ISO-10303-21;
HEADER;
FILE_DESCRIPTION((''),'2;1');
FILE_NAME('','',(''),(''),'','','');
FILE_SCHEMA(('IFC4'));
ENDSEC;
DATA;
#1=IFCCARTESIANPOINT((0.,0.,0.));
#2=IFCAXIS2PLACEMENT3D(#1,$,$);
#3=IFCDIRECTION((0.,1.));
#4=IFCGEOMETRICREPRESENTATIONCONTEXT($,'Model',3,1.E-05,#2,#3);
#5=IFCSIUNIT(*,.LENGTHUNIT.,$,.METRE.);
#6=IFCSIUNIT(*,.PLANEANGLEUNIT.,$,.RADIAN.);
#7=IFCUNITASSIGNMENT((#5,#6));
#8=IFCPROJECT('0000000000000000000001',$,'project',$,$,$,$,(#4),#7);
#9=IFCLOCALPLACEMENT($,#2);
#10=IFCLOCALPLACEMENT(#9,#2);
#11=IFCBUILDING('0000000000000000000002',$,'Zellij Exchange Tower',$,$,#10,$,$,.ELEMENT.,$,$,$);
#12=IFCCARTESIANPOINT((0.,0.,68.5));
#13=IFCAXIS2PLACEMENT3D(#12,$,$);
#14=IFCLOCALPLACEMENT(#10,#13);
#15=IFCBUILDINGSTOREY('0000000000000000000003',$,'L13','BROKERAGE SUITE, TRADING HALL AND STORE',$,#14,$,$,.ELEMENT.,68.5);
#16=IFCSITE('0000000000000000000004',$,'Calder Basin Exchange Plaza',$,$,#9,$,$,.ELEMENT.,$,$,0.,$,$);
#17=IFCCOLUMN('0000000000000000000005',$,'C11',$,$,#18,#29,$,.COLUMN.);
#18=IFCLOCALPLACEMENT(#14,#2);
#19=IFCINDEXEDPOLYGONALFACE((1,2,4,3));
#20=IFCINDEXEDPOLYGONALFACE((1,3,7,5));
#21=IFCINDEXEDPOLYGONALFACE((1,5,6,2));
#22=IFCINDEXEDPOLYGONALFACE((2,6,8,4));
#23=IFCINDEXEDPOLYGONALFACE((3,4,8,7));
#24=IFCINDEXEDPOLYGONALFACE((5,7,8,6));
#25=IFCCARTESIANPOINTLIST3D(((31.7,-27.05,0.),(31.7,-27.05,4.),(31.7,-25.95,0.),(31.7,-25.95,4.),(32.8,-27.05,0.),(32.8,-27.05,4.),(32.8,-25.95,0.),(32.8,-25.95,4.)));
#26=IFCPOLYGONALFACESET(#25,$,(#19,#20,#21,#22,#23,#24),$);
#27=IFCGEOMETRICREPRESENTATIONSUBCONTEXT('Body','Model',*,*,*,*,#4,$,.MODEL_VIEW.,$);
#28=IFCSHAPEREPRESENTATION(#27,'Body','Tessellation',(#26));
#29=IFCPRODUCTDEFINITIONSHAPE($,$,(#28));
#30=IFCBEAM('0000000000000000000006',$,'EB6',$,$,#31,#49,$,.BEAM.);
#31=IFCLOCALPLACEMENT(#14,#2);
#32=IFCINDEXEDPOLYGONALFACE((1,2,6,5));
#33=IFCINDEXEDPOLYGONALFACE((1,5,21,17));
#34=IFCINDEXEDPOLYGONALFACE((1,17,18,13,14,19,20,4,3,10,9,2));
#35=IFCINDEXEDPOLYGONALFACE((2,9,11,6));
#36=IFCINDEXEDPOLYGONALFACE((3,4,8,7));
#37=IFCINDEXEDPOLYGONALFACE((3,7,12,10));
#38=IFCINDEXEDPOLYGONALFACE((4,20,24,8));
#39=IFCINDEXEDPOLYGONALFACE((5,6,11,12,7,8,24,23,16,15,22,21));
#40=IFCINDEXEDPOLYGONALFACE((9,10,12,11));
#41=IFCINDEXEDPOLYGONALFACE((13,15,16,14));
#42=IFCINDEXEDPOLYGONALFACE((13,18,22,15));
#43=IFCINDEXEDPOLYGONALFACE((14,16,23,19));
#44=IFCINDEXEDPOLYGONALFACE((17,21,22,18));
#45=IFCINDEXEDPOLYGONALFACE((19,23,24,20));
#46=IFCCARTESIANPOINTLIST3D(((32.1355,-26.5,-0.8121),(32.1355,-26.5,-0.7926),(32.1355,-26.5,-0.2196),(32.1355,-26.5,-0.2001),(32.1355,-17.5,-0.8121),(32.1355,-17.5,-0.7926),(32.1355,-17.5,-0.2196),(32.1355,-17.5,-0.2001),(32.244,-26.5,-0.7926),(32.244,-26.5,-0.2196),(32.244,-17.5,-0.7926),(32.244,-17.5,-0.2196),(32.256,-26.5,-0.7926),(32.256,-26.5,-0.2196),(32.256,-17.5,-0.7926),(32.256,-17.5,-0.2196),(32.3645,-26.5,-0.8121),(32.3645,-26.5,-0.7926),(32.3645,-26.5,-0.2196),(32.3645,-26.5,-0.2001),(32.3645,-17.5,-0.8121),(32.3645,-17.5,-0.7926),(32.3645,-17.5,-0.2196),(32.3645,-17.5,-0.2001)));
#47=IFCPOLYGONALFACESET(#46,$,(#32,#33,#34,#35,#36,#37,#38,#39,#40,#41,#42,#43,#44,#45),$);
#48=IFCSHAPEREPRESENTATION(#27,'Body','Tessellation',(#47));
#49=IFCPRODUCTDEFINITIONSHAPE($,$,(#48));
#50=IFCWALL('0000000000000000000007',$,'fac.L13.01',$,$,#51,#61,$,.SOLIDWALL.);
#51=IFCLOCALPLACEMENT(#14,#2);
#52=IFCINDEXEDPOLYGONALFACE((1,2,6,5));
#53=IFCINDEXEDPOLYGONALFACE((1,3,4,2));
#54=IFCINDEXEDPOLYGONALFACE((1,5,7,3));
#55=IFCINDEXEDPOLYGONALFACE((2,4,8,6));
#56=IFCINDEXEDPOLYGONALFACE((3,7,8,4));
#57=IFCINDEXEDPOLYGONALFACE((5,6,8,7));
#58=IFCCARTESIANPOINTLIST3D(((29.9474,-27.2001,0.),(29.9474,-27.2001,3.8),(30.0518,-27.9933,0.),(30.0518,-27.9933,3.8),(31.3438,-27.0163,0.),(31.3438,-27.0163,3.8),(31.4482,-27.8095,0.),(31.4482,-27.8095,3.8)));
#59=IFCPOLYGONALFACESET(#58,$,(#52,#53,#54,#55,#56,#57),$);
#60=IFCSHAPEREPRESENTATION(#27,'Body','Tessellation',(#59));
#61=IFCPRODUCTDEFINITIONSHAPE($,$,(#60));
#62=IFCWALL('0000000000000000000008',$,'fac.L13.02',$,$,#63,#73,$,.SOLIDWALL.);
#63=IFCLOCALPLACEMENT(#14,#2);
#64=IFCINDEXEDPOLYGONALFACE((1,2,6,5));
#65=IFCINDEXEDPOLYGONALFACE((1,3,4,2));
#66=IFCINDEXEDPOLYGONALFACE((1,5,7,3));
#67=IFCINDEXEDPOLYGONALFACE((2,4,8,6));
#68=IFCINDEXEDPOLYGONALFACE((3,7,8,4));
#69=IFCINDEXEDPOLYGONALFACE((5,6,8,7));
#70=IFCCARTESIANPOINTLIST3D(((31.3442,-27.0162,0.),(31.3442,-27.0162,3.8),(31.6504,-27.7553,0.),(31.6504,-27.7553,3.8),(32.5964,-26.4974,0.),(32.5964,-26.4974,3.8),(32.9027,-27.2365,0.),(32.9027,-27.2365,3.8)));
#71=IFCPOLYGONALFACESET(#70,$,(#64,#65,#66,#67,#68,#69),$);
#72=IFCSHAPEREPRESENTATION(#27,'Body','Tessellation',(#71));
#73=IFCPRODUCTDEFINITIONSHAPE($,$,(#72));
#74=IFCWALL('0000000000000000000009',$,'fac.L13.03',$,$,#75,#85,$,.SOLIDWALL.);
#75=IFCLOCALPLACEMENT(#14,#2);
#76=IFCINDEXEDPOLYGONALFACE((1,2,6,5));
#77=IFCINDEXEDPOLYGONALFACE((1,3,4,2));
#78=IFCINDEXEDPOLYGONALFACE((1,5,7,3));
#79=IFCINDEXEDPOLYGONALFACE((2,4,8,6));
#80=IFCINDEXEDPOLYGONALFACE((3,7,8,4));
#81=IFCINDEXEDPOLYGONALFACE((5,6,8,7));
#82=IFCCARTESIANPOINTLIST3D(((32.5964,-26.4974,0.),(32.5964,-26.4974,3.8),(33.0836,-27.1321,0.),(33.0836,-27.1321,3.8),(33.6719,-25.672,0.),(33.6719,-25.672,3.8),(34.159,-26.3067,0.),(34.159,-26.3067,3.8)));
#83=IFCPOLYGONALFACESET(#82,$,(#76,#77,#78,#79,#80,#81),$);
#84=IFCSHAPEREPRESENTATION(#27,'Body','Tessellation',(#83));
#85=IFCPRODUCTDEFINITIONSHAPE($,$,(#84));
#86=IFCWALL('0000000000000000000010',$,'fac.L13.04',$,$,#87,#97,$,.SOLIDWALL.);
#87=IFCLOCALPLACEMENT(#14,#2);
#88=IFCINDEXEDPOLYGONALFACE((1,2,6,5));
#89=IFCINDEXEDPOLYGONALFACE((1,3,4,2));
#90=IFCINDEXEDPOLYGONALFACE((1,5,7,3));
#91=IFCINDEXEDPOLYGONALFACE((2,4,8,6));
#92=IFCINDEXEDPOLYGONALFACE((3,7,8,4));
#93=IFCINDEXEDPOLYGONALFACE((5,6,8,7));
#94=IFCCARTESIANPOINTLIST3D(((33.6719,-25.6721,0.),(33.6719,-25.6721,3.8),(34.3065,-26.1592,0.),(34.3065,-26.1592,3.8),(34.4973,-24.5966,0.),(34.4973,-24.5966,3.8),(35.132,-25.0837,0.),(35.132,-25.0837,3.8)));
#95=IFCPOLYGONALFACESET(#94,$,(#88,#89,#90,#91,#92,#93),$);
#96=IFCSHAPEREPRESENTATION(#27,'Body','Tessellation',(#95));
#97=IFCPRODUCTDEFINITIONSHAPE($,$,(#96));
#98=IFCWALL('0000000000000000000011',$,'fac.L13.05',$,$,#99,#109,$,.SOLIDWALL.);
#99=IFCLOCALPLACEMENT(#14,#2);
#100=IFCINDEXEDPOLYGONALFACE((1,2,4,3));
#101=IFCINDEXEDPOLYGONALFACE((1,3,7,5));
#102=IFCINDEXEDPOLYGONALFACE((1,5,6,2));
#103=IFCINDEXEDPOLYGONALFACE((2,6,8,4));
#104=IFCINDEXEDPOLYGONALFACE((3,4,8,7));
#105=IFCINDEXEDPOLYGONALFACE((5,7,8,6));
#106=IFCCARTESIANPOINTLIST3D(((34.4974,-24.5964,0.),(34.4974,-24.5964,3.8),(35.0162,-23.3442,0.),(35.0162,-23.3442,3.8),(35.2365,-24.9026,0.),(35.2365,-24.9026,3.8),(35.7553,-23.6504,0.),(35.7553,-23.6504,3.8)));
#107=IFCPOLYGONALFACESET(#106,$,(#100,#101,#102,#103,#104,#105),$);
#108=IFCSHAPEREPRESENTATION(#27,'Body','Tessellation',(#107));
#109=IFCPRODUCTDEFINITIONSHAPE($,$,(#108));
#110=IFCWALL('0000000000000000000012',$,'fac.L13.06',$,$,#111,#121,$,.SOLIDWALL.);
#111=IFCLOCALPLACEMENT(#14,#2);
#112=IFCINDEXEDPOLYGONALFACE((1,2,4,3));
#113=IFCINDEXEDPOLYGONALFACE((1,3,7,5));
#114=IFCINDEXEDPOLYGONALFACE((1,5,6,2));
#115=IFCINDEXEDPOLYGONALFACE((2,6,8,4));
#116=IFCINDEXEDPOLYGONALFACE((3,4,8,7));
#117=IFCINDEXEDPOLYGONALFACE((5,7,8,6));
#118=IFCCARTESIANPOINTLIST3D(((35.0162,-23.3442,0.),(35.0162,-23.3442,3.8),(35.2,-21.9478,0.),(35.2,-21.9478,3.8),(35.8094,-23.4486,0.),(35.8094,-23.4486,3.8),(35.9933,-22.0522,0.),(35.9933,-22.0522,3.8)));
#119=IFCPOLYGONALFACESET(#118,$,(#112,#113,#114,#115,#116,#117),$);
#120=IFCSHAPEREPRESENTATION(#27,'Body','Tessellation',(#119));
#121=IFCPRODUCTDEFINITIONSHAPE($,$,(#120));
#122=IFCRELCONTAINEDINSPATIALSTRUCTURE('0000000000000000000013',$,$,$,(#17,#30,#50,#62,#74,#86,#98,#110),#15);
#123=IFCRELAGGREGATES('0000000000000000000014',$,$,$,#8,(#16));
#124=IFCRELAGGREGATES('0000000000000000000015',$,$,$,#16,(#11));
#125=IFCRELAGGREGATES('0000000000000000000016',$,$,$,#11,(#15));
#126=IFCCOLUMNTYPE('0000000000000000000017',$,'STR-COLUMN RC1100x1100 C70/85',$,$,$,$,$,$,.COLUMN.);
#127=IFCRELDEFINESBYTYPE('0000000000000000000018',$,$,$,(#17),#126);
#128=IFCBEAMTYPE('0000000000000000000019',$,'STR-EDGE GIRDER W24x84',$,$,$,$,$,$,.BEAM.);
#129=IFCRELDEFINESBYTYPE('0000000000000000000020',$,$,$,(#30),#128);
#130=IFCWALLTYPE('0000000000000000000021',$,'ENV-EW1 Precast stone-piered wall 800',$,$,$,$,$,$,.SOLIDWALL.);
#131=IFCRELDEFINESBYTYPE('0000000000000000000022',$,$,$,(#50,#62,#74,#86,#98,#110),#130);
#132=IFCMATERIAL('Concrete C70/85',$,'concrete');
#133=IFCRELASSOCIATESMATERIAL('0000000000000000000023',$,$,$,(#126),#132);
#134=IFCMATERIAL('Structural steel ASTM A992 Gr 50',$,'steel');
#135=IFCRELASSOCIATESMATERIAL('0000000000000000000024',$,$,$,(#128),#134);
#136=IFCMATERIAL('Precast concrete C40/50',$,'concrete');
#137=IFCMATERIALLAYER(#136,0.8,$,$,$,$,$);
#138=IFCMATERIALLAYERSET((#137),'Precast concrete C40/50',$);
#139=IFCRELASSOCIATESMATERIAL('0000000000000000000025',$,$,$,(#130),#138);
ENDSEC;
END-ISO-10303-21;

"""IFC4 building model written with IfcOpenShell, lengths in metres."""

from ifc_helpers import new_model, si_unit, direction, frame, frame_2d, origin, origin_2d, place, context, subcontext, project, spatial, rectangle, i_section, extrude, material, layer, layer_set, material_profile, profile_set, type_object, element, save


model = new_model("IFC4")

# Units and contexts
model_context = context("Model", 3, precision=1e-05, world=origin(), true_north=direction((0.0, 1.0)))
body_context = subcontext(model_context, "Body", "Model", "MODEL_VIEW")
ifc_project = project(units=[si_unit("LENGTHUNIT", "METRE"), si_unit("PLANEANGLEUNIT", "RADIAN")], contexts=[model_context])

# Site, building, storey
site_placement = place(None, origin())
site = spatial("IfcSite", under=ifc_project, at=site_placement, Name="Calder Basin Exchange Plaza", CompositionType="ELEMENT", RefElevation=0.0)
building_placement = place(site_placement, origin())
building = spatial("IfcBuilding", under=site, at=building_placement, Name="Zellij Exchange Tower", CompositionType="ELEMENT")
storey_placement = place(building_placement, frame((0.0, 0.0, 68.5)))
storey = spatial("IfcBuildingStorey", under=building, at=storey_placement, Name="L13", Description="BROKERAGE SUITE, TRADING HALL AND STORE", CompositionType="ELEMENT", Elevation=68.5)

# Column
ifc_material_1 = material(Name="Concrete C70/85", Category="concrete")
ifc_material_profile_1 = material_profile(ifc_material_1, rectangle(XDim=1.1001, YDim=1.1001, at=origin_2d()), Name="STR-COLUMN RC1100x1100 C70/85")
ifc_profile_set_1 = profile_set([ifc_material_profile_1], Name="Concrete C70/85")
column_type = type_object("IfcColumnType", Name="STR-COLUMN RC1100x1100 C70/85", PredefinedType="COLUMN", material=ifc_profile_set_1)
column_placement = place(storey_placement, frame((32.25, -26.5, 0.0), z_axis=(0.0, 0.0, 1.0), x_axis=(1.0, 0.0, 0.0)))
element("IfcColumn", 1, at=column_placement, inside=storey, type_object=column_type, Name="C11", PredefinedType="COLUMN", context=body_context, shape_type="SweptSolid", body=[
    extrude(rectangle(XDim=1.1001, YDim=1.1001, at=origin_2d()), origin(), (0.0, 0.0, 1.0), 4.0),
])

# Beam
ifc_material_2 = material(Name="Structural steel ASTM A992 Gr 50", Category="steel")
ifc_material_profile_2 = material_profile(ifc_material_2, i_section(OverallWidth=0.229, OverallDepth=0.6121, WebThickness=0.012, FlangeThickness=0.0195, at=origin_2d()), Name="W24x84")
ifc_profile_set_2 = profile_set([ifc_material_profile_2], Name="Structural steel ASTM A992 Gr 50")
beam_type = type_object("IfcBeamType", Name="STR-EDGE GIRDER W24x84", PredefinedType="BEAM", material=ifc_profile_set_2)
beam_placement = place(storey_placement, frame((32.25, -26.5, -0.5061), z_axis=(0.0, 1.0, 0.0), x_axis=(-1.0, 0.0, 0.0)))
element("IfcBeam", 2, at=beam_placement, inside=storey, type_object=beam_type, Name="EB6", PredefinedType="BEAM", context=body_context, shape_type="SweptSolid", body=[
    extrude(i_section(OverallWidth=0.229, OverallDepth=0.6121, WebThickness=0.012, FlangeThickness=0.0195, at=origin_2d()), origin(), (0.0, 0.0, 1.0), 9.0),
])

# Walls
ifc_material_3 = material(Name="Precast concrete C40/50", Category="concrete")
ifc_layer_1 = layer(ifc_material_3, 0.8)
ifc_layer_set_1 = layer_set([ifc_layer_1], Name="Precast concrete C40/50")
wall_type = type_object("IfcWallType", Name="ENV-EW1 Precast stone-piered wall 800", PredefinedType="SOLIDWALL", material=ifc_layer_set_1)
wall_1_placement = place(storey_placement, frame((29.9998, -27.5967, 0.0), z_axis=(0.0, 0.0, 1.0), x_axis=(0.991446, 0.130517, 0.0)))
element("IfcWall", 3, at=wall_1_placement, inside=storey, type_object=wall_type, Name="fac.L13.01", PredefinedType="SOLIDWALL", context=body_context, shape_type="SweptSolid", body=[
    extrude(rectangle(XDim=1.4084, YDim=0.8, at=frame_2d((0.7041, 0.0))), origin(), (0.0, 0.0, 1.0), 3.8),
])
wall_2_placement = place(storey_placement, frame((31.4973, -27.3857, 0.0), z_axis=(0.0, 0.0, 1.0), x_axis=(0.923848, 0.38276, 0.0)))
element("IfcWall", 4, at=wall_2_placement, inside=storey, type_object=wall_type, Name="fac.L13.02", PredefinedType="SOLIDWALL", context=body_context, shape_type="SweptSolid", body=[
    extrude(rectangle(XDim=1.3555, YDim=0.8, at=frame_2d((0.6777, 0.0))), origin(), (0.0, 0.0, 1.0), 3.8),
])
for number, where, z_axis, x_axis, name in (
    (5, (32.8401, -26.8147, 0.0), (0.0, 0.0, 1.0), (0.793273, 0.608866, 0.0), "fac.L13.03"),
    (6, (33.9893, -25.9155, 0.0), (0.0, 0.0, 1.0), (0.608866, 0.793273, 0.0), "fac.L13.04"),
):
    element("IfcWall", number, at=place(storey_placement, frame(where, z_axis=z_axis, x_axis=x_axis)), inside=storey, type_object=wall_type, Name=name, PredefinedType="SOLIDWALL", context=body_context, shape_type="SweptSolid", body=[
        extrude(rectangle(XDim=1.3557, YDim=0.8, at=frame_2d((0.6777, 0.0))), origin(), (0.0, 0.0, 1.0), 3.8),
    ])
wall_3_placement = place(storey_placement, frame((34.8669, -24.7495, 0.0), z_axis=(0.0, 0.0, 1.0), x_axis=(0.38276, 0.923848, 0.0)))
element("IfcWall", 7, at=wall_3_placement, inside=storey, type_object=wall_type, Name="fac.L13.05", PredefinedType="SOLIDWALL", context=body_context, shape_type="SweptSolid", body=[
    extrude(rectangle(XDim=1.3555, YDim=0.8, at=frame_2d((0.6777, 0.0))), origin(), (0.0, 0.0, 1.0), 3.8),
])
wall_4_placement = place(storey_placement, frame((35.4128, -23.3962, 0.0), z_axis=(0.0, 0.0, 1.0), x_axis=(0.130517, 0.991446, 0.0)))
element("IfcWall", 8, at=wall_4_placement, inside=storey, type_object=wall_type, Name="fac.L13.06", PredefinedType="SOLIDWALL", context=body_context, shape_type="SweptSolid", body=[
    extrude(rectangle(XDim=1.4084, YDim=0.8, at=frame_2d((0.7041, 0.0))), origin(), (0.0, 0.0, 1.0), 3.8),
])

save(model, "model.ifc")
